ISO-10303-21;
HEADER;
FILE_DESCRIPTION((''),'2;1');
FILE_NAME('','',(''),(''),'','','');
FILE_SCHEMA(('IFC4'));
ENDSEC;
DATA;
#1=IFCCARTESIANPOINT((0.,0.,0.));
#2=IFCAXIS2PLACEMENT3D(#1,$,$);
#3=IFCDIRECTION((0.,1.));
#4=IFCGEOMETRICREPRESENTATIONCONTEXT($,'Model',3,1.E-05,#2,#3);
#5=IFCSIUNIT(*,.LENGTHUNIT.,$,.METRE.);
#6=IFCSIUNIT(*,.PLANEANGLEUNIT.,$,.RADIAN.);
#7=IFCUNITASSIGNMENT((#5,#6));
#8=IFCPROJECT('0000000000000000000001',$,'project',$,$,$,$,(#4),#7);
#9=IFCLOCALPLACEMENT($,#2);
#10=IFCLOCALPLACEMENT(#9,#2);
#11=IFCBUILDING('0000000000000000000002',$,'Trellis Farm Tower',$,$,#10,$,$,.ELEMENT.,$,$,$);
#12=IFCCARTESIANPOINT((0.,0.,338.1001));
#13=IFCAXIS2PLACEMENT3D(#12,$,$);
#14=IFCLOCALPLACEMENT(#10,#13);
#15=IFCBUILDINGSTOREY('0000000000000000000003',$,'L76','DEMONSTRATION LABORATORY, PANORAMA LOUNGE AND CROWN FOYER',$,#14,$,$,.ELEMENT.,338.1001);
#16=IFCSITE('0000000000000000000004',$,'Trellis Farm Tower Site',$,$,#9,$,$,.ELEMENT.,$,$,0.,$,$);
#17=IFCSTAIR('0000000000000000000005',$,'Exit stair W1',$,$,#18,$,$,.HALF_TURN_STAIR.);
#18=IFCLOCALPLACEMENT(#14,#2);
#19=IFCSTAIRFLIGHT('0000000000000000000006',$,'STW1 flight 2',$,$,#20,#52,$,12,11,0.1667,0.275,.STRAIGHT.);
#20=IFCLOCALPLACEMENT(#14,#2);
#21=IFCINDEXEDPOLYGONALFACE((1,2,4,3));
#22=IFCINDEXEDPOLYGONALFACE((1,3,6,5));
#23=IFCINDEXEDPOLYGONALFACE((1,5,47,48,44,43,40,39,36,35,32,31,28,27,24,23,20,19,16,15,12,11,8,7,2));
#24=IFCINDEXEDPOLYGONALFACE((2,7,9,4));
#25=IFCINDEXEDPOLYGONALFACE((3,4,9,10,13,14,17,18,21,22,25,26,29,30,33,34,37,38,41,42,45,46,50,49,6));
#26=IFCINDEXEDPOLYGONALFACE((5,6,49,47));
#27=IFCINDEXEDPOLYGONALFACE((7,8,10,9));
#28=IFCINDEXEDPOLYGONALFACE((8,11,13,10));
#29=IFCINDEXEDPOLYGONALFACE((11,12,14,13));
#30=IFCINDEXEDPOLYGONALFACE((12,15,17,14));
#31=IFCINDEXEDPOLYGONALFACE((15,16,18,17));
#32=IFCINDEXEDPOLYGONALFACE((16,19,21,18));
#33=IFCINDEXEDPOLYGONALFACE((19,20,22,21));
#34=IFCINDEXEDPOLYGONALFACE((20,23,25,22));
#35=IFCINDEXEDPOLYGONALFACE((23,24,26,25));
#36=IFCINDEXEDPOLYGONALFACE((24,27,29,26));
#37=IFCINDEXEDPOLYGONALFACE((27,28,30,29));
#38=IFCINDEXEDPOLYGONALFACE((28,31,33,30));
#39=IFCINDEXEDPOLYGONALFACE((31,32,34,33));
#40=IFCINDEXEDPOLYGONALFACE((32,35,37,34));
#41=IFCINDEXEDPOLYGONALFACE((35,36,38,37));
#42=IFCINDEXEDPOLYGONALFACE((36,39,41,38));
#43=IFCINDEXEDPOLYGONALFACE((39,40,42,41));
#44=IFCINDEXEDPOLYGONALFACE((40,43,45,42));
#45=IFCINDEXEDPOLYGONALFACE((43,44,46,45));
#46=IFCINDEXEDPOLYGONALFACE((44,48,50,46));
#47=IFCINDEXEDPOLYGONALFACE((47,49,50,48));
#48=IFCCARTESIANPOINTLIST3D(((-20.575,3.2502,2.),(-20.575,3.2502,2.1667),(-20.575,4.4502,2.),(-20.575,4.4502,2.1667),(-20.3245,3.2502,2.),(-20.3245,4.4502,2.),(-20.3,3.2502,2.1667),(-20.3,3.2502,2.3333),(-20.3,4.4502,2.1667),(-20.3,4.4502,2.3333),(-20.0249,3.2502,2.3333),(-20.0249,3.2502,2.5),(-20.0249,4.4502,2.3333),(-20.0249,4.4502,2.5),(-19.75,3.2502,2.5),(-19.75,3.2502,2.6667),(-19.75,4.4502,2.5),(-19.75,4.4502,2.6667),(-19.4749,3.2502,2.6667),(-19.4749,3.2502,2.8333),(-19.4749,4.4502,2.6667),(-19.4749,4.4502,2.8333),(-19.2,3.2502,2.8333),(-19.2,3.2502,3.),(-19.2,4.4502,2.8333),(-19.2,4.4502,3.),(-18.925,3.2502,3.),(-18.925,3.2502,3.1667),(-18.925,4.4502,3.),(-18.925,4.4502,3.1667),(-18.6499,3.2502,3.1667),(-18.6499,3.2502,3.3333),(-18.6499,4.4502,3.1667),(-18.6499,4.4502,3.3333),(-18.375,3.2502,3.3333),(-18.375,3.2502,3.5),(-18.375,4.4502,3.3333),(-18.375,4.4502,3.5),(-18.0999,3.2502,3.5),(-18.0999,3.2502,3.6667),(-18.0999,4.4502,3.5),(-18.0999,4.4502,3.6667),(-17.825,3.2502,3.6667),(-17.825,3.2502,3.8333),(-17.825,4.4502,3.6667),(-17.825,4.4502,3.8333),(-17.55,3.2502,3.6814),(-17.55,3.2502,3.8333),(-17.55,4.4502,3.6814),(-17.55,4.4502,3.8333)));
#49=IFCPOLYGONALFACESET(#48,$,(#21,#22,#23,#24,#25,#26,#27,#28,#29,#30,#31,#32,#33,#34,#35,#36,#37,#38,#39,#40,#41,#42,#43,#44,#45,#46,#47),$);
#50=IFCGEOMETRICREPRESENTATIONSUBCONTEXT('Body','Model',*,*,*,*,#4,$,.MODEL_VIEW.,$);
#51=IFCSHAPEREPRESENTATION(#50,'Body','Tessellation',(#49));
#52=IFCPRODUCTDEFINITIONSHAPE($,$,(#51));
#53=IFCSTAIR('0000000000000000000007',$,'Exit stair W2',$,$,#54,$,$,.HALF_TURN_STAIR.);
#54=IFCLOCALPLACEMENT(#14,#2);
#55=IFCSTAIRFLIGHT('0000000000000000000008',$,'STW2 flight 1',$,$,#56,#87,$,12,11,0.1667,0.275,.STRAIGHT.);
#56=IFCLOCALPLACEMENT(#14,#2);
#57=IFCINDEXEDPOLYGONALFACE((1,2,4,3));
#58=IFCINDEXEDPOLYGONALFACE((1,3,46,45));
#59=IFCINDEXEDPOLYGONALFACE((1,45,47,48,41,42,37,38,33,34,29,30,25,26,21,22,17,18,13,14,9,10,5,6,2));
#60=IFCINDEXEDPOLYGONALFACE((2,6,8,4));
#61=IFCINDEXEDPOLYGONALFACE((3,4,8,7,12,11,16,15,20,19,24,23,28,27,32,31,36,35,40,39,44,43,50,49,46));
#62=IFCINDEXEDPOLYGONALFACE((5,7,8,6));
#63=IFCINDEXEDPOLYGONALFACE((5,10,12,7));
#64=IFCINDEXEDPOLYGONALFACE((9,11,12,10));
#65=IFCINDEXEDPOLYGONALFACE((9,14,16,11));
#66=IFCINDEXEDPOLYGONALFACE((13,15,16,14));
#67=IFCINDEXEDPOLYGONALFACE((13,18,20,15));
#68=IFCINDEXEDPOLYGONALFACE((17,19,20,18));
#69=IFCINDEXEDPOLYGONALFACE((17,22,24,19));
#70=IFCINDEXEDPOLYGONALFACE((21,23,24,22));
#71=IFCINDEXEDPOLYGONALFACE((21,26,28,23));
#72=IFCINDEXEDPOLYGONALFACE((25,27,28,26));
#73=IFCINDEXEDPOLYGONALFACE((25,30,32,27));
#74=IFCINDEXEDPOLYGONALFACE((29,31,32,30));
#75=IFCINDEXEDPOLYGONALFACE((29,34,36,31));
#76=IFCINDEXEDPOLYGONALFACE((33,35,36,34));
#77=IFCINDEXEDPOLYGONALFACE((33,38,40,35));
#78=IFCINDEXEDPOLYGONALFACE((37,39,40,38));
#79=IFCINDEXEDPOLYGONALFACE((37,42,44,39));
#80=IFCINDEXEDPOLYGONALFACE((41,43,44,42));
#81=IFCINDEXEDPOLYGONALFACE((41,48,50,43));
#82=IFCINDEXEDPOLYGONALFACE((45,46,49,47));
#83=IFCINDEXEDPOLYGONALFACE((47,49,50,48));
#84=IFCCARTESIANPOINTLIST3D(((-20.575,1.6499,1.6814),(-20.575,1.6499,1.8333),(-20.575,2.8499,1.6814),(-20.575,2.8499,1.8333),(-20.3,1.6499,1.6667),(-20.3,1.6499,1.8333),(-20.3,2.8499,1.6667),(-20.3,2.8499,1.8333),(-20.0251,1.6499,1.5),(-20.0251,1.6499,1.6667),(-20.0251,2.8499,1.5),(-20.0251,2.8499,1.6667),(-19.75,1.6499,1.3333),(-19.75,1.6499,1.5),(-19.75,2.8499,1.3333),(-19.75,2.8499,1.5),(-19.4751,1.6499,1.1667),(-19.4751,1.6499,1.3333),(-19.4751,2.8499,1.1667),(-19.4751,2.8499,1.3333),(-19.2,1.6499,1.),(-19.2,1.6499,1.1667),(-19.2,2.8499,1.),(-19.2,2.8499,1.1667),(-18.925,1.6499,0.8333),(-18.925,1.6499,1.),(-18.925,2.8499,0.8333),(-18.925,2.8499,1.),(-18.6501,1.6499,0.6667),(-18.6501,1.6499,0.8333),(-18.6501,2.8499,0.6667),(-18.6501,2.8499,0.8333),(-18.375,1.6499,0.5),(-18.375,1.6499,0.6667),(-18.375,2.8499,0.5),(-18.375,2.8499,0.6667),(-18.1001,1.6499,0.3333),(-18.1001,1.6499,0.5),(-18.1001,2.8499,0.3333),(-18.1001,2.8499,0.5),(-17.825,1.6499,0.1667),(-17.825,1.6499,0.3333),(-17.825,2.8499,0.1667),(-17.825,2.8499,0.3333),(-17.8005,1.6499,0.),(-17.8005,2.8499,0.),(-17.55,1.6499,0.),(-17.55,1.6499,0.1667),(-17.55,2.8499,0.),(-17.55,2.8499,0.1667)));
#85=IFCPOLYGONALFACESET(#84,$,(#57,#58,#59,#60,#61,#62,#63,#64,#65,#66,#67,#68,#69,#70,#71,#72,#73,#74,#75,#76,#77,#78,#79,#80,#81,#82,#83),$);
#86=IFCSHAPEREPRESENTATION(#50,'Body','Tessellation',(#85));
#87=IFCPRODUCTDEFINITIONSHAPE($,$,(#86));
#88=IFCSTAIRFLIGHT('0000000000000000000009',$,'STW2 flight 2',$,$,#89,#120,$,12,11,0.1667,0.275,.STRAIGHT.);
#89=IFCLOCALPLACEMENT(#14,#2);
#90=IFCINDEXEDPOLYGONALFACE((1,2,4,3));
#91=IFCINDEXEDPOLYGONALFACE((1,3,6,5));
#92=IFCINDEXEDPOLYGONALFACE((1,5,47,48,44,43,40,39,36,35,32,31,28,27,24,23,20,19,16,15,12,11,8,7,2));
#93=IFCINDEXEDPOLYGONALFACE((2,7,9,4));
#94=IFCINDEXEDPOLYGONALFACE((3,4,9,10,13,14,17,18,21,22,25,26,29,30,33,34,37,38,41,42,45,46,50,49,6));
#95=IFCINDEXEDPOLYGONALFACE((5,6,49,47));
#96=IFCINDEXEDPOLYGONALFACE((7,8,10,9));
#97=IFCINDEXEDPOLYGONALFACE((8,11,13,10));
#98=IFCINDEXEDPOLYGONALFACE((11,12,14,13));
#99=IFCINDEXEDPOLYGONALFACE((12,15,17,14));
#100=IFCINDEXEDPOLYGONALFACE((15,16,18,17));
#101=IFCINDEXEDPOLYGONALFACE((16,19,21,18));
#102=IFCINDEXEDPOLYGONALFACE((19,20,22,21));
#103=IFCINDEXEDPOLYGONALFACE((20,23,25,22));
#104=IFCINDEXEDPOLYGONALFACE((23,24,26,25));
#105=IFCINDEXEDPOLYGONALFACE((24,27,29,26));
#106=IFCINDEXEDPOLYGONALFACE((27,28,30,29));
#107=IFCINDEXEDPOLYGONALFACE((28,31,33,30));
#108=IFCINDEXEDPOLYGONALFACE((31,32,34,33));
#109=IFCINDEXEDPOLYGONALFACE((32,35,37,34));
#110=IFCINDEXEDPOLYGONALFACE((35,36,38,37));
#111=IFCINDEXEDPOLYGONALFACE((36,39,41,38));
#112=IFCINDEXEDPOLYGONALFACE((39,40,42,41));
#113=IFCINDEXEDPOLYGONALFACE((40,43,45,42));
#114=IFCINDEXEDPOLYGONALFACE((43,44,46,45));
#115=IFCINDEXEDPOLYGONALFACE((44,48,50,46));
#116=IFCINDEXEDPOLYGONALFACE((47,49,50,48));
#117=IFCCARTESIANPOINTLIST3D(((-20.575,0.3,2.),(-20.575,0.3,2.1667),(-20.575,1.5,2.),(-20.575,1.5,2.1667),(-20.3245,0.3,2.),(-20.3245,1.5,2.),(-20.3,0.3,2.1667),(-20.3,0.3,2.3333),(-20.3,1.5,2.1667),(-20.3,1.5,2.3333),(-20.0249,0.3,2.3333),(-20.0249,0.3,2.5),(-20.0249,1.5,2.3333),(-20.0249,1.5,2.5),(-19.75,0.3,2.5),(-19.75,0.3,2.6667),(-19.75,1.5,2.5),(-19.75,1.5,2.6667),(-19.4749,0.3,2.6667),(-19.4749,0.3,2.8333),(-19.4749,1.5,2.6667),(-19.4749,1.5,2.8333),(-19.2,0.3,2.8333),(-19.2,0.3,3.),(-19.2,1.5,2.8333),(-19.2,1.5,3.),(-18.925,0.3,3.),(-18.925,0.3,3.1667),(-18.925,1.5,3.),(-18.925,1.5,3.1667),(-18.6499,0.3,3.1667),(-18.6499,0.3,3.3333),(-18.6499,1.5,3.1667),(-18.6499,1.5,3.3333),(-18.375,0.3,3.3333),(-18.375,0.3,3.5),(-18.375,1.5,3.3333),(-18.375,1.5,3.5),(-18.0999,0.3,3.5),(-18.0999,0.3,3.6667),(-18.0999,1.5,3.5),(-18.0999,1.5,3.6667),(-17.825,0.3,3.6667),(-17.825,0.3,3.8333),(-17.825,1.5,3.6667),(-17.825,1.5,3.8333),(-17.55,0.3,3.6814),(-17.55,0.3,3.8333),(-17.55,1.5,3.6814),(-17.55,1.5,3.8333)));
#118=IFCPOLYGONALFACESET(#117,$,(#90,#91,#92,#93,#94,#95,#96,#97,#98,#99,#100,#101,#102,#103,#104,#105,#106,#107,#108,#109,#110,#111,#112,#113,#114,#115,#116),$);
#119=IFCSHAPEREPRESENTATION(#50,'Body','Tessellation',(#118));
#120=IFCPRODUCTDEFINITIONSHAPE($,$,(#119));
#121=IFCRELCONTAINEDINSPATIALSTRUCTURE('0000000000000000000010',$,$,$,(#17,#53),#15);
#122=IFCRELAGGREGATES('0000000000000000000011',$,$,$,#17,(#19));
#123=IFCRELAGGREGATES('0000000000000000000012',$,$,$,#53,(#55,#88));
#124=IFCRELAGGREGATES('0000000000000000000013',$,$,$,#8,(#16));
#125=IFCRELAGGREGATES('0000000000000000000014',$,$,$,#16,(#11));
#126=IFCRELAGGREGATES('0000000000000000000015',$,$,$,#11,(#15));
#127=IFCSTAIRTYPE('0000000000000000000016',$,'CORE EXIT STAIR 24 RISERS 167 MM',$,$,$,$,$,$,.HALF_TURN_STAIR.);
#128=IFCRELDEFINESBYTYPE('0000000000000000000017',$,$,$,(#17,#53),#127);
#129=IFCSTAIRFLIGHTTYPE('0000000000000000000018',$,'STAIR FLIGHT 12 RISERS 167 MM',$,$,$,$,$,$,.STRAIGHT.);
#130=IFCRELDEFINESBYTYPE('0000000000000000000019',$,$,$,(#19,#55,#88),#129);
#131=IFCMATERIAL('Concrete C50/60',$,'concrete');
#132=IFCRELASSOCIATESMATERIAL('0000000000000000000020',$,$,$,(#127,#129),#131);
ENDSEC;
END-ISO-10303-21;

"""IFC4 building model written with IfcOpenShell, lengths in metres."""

from ifc_helpers import new_model, si_unit, direction, frame, origin, place, context, subcontext, project, spatial, polyline, outline, extrude, source, transform, mapped, material, type_object, element, aggregate, save


model = new_model("IFC4")

# Units and contexts
model_context = context("Model", 3, precision=1e-05, world=origin(), true_north=direction((0.0, 1.0)))
body_context = subcontext(model_context, "Body", "Model", "MODEL_VIEW")
ifc_project = project(units=[si_unit("LENGTHUNIT", "METRE"), si_unit("PLANEANGLEUNIT", "RADIAN")], contexts=[model_context])

# Site, building, storey
site_placement = place(None, origin())
site = spatial("IfcSite", under=ifc_project, at=site_placement, Name="Trellis Farm Tower Site", CompositionType="ELEMENT", RefElevation=0.0)
building_placement = place(site_placement, origin())
building = spatial("IfcBuilding", under=site, at=building_placement, Name="Trellis Farm Tower", CompositionType="ELEMENT")
storey_placement = place(building_placement, frame((0.0, 0.0, 338.1001)))
storey = spatial("IfcBuildingStorey", under=building, at=storey_placement, Name="L76", Description="DEMONSTRATION LABORATORY, PANORAMA LOUNGE AND CROWN FOYER", CompositionType="ELEMENT", Elevation=338.1001)

# Shared definitions
ifc_material_1 = material(Name="Concrete C50/60", Category="concrete")

# Stairs, stair flights
stair_type = type_object("IfcStairType", Name="CORE EXIT STAIR 24 RISERS 167 MM", PredefinedType="HALF_TURN_STAIR", material=ifc_material_1)
placement = place(storey_placement, origin())
stair_1 = element("IfcStair", 1, at=placement, inside=storey, type_object=stair_type, Name="Exit stair W1", PredefinedType="HALF_TURN_STAIR")
stair_flight_type = type_object("IfcStairFlightType", Name="STAIR FLIGHT 12 RISERS 167 MM", PredefinedType="STRAIGHT", material=ifc_material_1)
shared_shape_1 = source(origin(), body_context, "Body", "SweptSolid", [
    extrude(outline(polyline([(0.0, 0.0), (0.0, 0.1667), (0.2749, 0.1667), (0.2749, 0.3333), (0.55, 0.3333), (0.55, 0.5), (0.825, 0.5), (0.825, 0.6667), (1.1001, 0.6667), (1.1001, 0.8333), (1.375, 0.8333), (1.375, 1.0), (1.6499, 1.0), (1.6499, 1.1667), (1.925, 1.1667), (1.925, 1.3333), (2.2, 1.3333), (2.2, 1.5), (2.4751, 1.5), (2.4751, 1.6667), (2.75, 1.6667), (2.75, 1.8333), (3.0249, 1.8333), (3.0249, 2.0), (3.0249, 1.6814), (0.2505, 0.0), (0.0, 0.0)])), frame((0.0, 0.6001, 0.0), z_axis=(0.0, -1.0, 0.0), x_axis=(1.0, 0.0, 0.0)), (0.0, 0.0, 1.0), 1.2),
])
stair_flight_1_placement = place(storey_placement, frame((-20.575, 3.8501, 2.0), z_axis=(0.0, 0.0, 1.0), x_axis=(1.0, 0.0, 0.0)))
stair_flight_1 = element("IfcStairFlight", 2, at=stair_flight_1_placement, type_object=stair_flight_type, Name="STW1 flight 2", NumberOfRisers=12, NumberOfTreads=11, PredefinedType="STRAIGHT", RiserHeight=0.1667, TreadLength=0.275, context=body_context, shape_type="MappedRepresentation", body=[
    mapped(shared_shape_1, transform((0.0, 0.0, 0.0))),
])
aggregate(stair_1, [stair_flight_1])
stair_2 = element("IfcStair", 3, at=placement, inside=storey, type_object=stair_type, Name="Exit stair W2", PredefinedType="HALF_TURN_STAIR")
stair_flight_2_placement = place(storey_placement, frame((-17.55, 2.25, 0.0), z_axis=(0.0, 0.0, 1.0), x_axis=(-1.0, 0.0, 0.0)))
stair_flight_2 = element("IfcStairFlight", 4, at=stair_flight_2_placement, type_object=stair_flight_type, Name="STW2 flight 1", NumberOfRisers=12, NumberOfTreads=11, PredefinedType="STRAIGHT", RiserHeight=0.1667, TreadLength=0.275, context=body_context, shape_type="MappedRepresentation", body=[
    mapped(shared_shape_1, transform((0.0, 0.0, 0.0))),
])
stair_flight_3_placement = place(storey_placement, frame((-20.575, 0.8999, 2.0), z_axis=(0.0, 0.0, 1.0), x_axis=(1.0, 0.0, 0.0)))
stair_flight_3 = element("IfcStairFlight", 5, at=stair_flight_3_placement, type_object=stair_flight_type, Name="STW2 flight 2", NumberOfRisers=12, NumberOfTreads=11, PredefinedType="STRAIGHT", RiserHeight=0.1667, TreadLength=0.275, context=body_context, shape_type="MappedRepresentation", body=[
    mapped(shared_shape_1, transform((0.0, 0.0, 0.0))),
])
aggregate(stair_2, [stair_flight_2, stair_flight_3])

save(model, "model.ifc")
